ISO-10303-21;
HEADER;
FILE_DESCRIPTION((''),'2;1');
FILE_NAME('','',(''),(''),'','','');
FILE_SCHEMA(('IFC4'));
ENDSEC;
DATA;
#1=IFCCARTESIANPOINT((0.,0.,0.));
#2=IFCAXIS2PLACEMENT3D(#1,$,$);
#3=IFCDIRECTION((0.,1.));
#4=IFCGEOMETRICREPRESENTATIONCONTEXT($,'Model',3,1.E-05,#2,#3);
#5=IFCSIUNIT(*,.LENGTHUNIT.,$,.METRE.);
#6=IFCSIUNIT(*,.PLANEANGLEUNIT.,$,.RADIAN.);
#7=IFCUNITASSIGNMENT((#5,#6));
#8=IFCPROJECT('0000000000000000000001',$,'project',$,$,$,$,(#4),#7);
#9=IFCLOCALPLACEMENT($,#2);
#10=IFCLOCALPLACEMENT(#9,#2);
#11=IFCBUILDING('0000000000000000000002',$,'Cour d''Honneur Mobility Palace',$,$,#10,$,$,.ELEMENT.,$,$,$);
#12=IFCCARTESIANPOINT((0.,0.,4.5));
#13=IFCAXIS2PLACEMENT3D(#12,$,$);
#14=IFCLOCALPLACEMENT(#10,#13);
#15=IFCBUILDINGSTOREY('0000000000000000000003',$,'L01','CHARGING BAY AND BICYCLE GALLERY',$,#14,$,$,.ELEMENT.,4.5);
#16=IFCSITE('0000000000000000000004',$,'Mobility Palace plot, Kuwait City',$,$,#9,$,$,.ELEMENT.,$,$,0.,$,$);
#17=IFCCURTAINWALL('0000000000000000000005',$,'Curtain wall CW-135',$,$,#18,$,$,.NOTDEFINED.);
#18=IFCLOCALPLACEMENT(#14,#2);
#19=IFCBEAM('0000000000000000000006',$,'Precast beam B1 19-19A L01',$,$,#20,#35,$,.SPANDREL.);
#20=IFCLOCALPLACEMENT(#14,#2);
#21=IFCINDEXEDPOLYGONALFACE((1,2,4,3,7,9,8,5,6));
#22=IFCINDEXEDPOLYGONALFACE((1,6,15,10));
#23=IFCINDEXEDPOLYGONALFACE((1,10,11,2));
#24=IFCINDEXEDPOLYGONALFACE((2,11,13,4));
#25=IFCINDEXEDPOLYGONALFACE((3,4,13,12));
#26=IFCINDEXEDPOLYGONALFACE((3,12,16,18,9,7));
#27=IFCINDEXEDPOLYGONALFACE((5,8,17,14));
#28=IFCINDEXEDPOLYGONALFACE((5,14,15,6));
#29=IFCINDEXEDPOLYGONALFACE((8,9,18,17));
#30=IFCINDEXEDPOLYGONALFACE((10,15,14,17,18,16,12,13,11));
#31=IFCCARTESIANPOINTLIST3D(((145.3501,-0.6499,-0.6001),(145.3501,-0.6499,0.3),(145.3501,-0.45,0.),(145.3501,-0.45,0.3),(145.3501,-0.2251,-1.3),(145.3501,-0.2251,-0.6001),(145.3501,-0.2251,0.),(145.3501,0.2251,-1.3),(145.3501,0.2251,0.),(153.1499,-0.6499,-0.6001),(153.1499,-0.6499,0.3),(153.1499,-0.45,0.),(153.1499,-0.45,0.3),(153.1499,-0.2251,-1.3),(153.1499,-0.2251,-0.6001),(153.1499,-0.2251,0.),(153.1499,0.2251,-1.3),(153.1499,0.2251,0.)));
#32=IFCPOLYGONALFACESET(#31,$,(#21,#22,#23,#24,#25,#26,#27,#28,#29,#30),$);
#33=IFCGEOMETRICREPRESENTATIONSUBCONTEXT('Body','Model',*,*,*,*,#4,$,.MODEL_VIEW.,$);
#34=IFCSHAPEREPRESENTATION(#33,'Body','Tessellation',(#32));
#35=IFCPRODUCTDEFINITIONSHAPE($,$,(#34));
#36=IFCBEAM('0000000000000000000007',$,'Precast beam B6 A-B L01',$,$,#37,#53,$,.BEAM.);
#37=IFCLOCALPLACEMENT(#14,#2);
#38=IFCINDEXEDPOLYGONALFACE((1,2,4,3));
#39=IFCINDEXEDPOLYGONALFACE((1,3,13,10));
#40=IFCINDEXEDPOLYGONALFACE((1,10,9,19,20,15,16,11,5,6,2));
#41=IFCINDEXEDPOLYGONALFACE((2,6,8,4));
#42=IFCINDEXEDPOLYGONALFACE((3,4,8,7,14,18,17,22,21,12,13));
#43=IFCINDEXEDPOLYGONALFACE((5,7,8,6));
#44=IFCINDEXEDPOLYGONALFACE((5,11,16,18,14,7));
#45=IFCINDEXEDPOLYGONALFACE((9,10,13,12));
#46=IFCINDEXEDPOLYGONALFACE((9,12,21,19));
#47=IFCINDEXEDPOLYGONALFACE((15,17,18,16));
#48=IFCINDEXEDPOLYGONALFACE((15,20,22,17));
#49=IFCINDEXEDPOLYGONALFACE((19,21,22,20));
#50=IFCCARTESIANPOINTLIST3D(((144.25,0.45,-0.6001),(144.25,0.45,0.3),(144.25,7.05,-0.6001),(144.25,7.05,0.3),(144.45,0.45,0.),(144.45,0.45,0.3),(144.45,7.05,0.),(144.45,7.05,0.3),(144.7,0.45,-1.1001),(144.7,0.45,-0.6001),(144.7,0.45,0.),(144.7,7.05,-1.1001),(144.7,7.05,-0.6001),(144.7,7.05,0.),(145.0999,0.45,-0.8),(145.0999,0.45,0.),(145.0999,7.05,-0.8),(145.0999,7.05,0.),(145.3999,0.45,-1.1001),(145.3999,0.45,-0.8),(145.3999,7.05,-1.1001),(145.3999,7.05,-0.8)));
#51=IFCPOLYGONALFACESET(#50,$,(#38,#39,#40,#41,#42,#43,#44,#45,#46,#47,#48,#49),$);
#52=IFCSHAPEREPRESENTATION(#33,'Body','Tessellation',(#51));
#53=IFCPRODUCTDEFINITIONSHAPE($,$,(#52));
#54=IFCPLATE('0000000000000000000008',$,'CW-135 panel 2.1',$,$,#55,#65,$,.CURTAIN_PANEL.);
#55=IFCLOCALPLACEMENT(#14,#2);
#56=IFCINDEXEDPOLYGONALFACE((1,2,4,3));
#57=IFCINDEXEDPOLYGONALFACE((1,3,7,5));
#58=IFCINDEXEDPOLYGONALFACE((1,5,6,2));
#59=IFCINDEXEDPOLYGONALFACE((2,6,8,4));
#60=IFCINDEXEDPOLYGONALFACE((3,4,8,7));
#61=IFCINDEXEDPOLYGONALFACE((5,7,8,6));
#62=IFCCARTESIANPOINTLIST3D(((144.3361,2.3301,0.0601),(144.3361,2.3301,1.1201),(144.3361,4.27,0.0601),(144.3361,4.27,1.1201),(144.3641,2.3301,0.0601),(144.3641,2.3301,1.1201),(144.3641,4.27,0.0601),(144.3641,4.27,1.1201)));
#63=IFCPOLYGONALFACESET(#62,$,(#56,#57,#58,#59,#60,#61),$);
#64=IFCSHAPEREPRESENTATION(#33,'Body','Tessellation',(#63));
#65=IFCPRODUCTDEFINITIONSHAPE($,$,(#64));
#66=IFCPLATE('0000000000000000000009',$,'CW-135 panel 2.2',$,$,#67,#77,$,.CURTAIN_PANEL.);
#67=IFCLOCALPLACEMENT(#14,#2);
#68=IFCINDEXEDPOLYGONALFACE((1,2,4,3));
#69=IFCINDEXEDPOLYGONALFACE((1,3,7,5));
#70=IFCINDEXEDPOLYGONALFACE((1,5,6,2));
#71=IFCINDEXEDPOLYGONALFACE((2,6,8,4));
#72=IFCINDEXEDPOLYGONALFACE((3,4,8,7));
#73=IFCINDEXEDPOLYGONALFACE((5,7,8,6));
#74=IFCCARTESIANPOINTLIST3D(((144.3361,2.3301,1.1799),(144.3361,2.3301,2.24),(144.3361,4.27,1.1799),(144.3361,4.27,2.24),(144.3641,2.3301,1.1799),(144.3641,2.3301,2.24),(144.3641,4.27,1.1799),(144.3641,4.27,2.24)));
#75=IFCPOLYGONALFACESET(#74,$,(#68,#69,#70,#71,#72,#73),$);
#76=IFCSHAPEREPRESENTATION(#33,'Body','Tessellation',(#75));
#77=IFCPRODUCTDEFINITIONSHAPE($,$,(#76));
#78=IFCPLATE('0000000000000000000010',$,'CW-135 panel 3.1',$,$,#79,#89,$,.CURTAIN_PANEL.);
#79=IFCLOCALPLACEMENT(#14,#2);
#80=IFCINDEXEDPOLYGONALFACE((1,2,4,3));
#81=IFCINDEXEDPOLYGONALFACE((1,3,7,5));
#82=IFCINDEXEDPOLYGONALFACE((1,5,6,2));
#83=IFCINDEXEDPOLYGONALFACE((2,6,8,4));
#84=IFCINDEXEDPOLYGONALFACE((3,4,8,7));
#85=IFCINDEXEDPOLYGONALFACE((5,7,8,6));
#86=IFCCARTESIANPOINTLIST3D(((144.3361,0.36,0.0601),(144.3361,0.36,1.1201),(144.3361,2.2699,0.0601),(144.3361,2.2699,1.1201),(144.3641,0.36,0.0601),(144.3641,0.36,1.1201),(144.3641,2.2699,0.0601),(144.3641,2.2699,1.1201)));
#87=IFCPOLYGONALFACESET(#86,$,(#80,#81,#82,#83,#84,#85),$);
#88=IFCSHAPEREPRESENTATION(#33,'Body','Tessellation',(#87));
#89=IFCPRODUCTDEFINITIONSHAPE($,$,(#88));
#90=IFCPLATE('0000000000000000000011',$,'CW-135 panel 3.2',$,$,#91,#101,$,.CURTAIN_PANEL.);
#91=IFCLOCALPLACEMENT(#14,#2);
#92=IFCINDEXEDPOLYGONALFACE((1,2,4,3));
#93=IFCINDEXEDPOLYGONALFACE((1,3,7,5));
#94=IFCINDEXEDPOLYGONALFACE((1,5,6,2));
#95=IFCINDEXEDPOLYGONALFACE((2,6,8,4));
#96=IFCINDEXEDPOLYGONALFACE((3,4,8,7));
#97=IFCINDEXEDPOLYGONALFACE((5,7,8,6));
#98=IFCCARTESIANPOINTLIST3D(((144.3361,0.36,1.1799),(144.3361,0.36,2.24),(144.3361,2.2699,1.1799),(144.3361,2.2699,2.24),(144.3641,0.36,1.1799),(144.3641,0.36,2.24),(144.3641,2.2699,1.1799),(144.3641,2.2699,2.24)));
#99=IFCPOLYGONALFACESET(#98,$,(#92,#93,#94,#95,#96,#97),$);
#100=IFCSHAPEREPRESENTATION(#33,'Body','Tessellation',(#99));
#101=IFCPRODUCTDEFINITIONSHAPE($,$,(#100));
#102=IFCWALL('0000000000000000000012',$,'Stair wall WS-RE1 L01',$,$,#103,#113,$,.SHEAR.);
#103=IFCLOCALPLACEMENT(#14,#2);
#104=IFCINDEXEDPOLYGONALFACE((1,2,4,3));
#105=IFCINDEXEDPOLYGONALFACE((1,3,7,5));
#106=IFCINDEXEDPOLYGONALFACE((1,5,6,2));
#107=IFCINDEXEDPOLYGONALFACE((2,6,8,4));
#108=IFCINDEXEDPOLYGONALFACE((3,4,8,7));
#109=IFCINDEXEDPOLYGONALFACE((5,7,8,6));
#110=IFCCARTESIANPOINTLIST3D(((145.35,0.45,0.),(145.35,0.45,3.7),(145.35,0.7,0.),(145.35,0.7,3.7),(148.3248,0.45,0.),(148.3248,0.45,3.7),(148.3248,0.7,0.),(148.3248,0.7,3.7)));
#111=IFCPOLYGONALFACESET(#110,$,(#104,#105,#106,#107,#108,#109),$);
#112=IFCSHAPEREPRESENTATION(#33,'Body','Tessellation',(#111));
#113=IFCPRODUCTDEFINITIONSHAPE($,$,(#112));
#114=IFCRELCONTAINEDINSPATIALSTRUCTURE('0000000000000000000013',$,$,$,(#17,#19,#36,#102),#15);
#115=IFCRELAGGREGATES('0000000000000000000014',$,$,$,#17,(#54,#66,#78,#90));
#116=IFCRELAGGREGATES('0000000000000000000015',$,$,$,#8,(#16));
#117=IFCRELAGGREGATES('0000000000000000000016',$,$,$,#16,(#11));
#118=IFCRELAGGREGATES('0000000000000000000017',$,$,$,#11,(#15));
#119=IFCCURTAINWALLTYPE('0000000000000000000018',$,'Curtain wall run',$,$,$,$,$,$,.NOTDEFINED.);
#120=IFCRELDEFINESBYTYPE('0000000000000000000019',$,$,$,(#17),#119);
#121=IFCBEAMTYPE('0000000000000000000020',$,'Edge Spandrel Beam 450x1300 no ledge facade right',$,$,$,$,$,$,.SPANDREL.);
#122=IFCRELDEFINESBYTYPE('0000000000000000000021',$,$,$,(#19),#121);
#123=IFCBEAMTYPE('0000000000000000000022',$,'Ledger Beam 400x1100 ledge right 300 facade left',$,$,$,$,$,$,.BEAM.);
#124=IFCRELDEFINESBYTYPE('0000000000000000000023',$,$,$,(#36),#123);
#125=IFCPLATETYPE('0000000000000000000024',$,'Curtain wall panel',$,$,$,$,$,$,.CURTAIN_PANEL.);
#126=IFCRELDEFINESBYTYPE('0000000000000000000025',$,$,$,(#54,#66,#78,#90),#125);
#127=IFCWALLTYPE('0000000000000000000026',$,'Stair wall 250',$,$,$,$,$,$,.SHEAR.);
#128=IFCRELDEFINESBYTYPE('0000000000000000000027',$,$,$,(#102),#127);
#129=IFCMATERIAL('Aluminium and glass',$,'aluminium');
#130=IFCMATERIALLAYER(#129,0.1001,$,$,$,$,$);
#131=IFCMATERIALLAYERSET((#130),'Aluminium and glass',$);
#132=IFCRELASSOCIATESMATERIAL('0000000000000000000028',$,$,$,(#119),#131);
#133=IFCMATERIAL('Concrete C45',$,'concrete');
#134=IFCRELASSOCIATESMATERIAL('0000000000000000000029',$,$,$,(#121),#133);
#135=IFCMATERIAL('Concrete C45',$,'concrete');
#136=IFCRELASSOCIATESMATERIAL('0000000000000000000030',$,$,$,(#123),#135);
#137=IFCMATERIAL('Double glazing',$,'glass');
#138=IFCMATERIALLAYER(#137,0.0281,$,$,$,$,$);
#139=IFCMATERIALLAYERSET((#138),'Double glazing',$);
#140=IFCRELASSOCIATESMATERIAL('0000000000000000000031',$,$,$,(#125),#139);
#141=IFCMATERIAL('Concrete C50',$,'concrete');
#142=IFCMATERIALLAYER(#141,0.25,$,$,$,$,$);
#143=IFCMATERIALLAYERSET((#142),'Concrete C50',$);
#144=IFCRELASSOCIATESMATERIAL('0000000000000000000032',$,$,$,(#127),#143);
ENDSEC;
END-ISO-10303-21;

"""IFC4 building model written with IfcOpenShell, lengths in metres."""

from ifc_helpers import new_model, si_unit, direction, frame, frame_2d, origin, origin_2d, place, context, subcontext, project, spatial, polyline, rectangle, outline, extrude, material, layer, layer_set, material_profile, profile_set, type_object, element, aggregate, save


model = new_model("IFC4")

# Units and contexts
model_context = context("Model", 3, precision=1e-05, world=origin(), true_north=direction((0.0, 1.0)))
body_context = subcontext(model_context, "Body", "Model", "MODEL_VIEW")
ifc_project = project(units=[si_unit("LENGTHUNIT", "METRE"), si_unit("PLANEANGLEUNIT", "RADIAN")], contexts=[model_context])

# Site, building, storey
site_placement = place(None, origin())
site = spatial("IfcSite", under=ifc_project, at=site_placement, Name="Mobility Palace plot, Kuwait City", CompositionType="ELEMENT", RefElevation=0.0)
building_placement = place(site_placement, origin())
building = spatial("IfcBuilding", under=site, at=building_placement, Name="Cour d'Honneur Mobility Palace", CompositionType="ELEMENT")
storey_placement = place(building_placement, frame((0.0, 0.0, 4.5)))
storey = spatial("IfcBuildingStorey", under=building, at=storey_placement, Name="L01", Description="CHARGING BAY AND BICYCLE GALLERY", CompositionType="ELEMENT", Elevation=4.5)

# Curtain wall
ifc_material_1 = material(Name="Aluminium and glass", Category="aluminium")
ifc_layer_1 = layer(ifc_material_1, 0.1001)
ifc_layer_set_1 = layer_set([ifc_layer_1], Name="Aluminium and glass")
curtain_wall_type = type_object("IfcCurtainWallType", Name="Curtain wall run", PredefinedType="NOTDEFINED", material=ifc_layer_set_1)
curtain_wall_1_placement = place(storey_placement, origin())
curtain_wall_1 = element("IfcCurtainWall", 1, at=curtain_wall_1_placement, inside=storey, type_object=curtain_wall_type, Name="Curtain wall CW-135", PredefinedType="NOTDEFINED")

# Beams
ifc_material_2 = material(Name="Concrete C45", Category="concrete")
ifc_material_profile_1 = material_profile(ifc_material_2, outline(polyline([(0.2251, -1.3), (0.2251, 0.0), (-0.2251, 0.0), (-0.45, 0.0), (-0.45, 0.3), (-0.6499, 0.3), (-0.6499, -0.6001), (-0.2251, -0.6001), (-0.2251, -1.3), (0.2251, -1.3)])), Name="Edge Spandrel Beam 450x1300 no ledge facade right")
ifc_profile_set_1 = profile_set([ifc_material_profile_1], Name="Concrete C45")
beam_type_1 = type_object("IfcBeamType", Name="Edge Spandrel Beam 450x1300 no ledge facade right", PredefinedType="SPANDREL", material=ifc_profile_set_1)
beam_1_placement = place(storey_placement, frame((145.3501, 0.0, 0.0), z_axis=(1.0, 0.0, 0.0), x_axis=(0.0, 1.0, 0.0)))
element("IfcBeam", 2, at=beam_1_placement, inside=storey, type_object=beam_type_1, Name="Precast beam B1 19-19A L01", PredefinedType="SPANDREL", context=body_context, shape_type="SweptSolid", body=[
    extrude(outline(polyline([(0.2251, -1.3), (0.2251, 0.0), (-0.2251, 0.0), (-0.45, 0.0), (-0.45, 0.3), (-0.6499, 0.3), (-0.6499, -0.6001), (-0.2251, -0.6001), (-0.2251, -1.3), (0.2251, -1.3)])), origin(), (0.0, 0.0, 1.0), 7.7998),
])
ifc_material_3 = material(Name="Concrete C45", Category="concrete")
ifc_material_profile_2 = material_profile(ifc_material_3, outline(polyline([(0.2, -1.1001), (0.2, -0.6001), (0.6499, -0.6001), (0.6499, 0.3), (0.45, 0.3), (0.45, 0.0), (0.2, 0.0), (-0.2, 0.0), (-0.2, -0.8), (-0.5, -0.8), (-0.5, -1.1001), (0.2, -1.1001)])), Name="Ledger Beam 400x1100 ledge right 300 facade left")
ifc_profile_set_2 = profile_set([ifc_material_profile_2], Name="Concrete C45")
beam_type_2 = type_object("IfcBeamType", Name="Ledger Beam 400x1100 ledge right 300 facade left", PredefinedType="BEAM", material=ifc_profile_set_2)
beam_2_placement = place(storey_placement, frame((144.8999, 0.45, 0.0), z_axis=(0.0, 1.0, 0.0), x_axis=(-1.0, 0.0, 0.0)))
element("IfcBeam", 3, at=beam_2_placement, inside=storey, type_object=beam_type_2, Name="Precast beam B6 A-B L01", PredefinedType="BEAM", context=body_context, shape_type="SweptSolid", body=[
    extrude(outline(polyline([(0.2, -1.1001), (0.2, -0.6001), (0.6499, -0.6001), (0.6499, 0.3), (0.45, 0.3), (0.45, 0.0), (0.2, 0.0), (-0.2, 0.0), (-0.2, -0.8), (-0.5, -0.8), (-0.5, -1.1001), (0.2, -1.1001)])), origin(), (0.0, 0.0, 1.0), 6.6001),
])

# Plates
ifc_material_4 = material(Name="Double glazing", Category="glass")
ifc_layer_2 = layer(ifc_material_4, 0.0281)
ifc_layer_set_2 = layer_set([ifc_layer_2], Name="Double glazing")
plate_type = type_object("IfcPlateType", Name="Curtain wall panel", PredefinedType="CURTAIN_PANEL", material=ifc_layer_set_2)
plate_1_placement = place(storey_placement, frame((144.3501, 3.3, 0.0601), z_axis=(0.0, 0.0, 1.0), x_axis=(0.0, -1.0, 0.0)))
plate_1 = element("IfcPlate", 4, at=plate_1_placement, type_object=plate_type, Name="CW-135 panel 2.1", PredefinedType="CURTAIN_PANEL", context=body_context, shape_type="SweptSolid", body=[
    extrude(rectangle(XDim=1.9399, YDim=0.0281, at=origin_2d()), origin(), (0.0, 0.0, 1.0), 1.0601),
])
plate_2_placement = place(storey_placement, frame((144.3501, 3.3, 1.1799), z_axis=(0.0, 0.0, 1.0), x_axis=(0.0, -1.0, 0.0)))
plate_2 = element("IfcPlate", 5, at=plate_2_placement, type_object=plate_type, Name="CW-135 panel 2.2", PredefinedType="CURTAIN_PANEL", context=body_context, shape_type="SweptSolid", body=[
    extrude(rectangle(XDim=1.9399, YDim=0.0281, at=origin_2d()), origin(), (0.0, 0.0, 1.0), 1.0601),
])
plate_3_placement = place(storey_placement, frame((144.3501, 1.3149, 0.0601), z_axis=(0.0, 0.0, 1.0), x_axis=(0.0, -1.0, 0.0)))
plate_3 = element("IfcPlate", 6, at=plate_3_placement, type_object=plate_type, Name="CW-135 panel 3.1", PredefinedType="CURTAIN_PANEL", context=body_context, shape_type="SweptSolid", body=[
    extrude(rectangle(XDim=1.9099, YDim=0.0281, at=origin_2d()), origin(), (0.0, 0.0, 1.0), 1.0601),
])
plate_4_placement = place(storey_placement, frame((144.3501, 1.3149, 1.1799), z_axis=(0.0, 0.0, 1.0), x_axis=(0.0, -1.0, 0.0)))
plate_4 = element("IfcPlate", 7, at=plate_4_placement, type_object=plate_type, Name="CW-135 panel 3.2", PredefinedType="CURTAIN_PANEL", context=body_context, shape_type="SweptSolid", body=[
    extrude(rectangle(XDim=1.9099, YDim=0.0281, at=origin_2d()), origin(), (0.0, 0.0, 1.0), 1.0601),
])
aggregate(curtain_wall_1, [plate_1, plate_2, plate_3, plate_4])

# Wall
ifc_material_5 = material(Name="Concrete C50", Category="concrete")
ifc_layer_3 = layer(ifc_material_5, 0.25)
ifc_layer_set_3 = layer_set([ifc_layer_3], Name="Concrete C50")
wall_type = type_object("IfcWallType", Name="Stair wall 250", PredefinedType="SHEAR", material=ifc_layer_set_3)
wall_placement = place(storey_placement, frame((145.3501, 0.575, 0.0), z_axis=(0.0, 0.0, 1.0), x_axis=(1.0, 0.0, 0.0)))
element("IfcWall", 8, at=wall_placement, inside=storey, type_object=wall_type, Name="Stair wall WS-RE1 L01", PredefinedType="SHEAR", context=body_context, shape_type="SweptSolid", body=[
    extrude(rectangle(XDim=2.9749, YDim=0.25, at=frame_2d((1.4873, 0.0))), origin(), (0.0, 0.0, 1.0), 3.7),
])

save(model, "model.ifc")
